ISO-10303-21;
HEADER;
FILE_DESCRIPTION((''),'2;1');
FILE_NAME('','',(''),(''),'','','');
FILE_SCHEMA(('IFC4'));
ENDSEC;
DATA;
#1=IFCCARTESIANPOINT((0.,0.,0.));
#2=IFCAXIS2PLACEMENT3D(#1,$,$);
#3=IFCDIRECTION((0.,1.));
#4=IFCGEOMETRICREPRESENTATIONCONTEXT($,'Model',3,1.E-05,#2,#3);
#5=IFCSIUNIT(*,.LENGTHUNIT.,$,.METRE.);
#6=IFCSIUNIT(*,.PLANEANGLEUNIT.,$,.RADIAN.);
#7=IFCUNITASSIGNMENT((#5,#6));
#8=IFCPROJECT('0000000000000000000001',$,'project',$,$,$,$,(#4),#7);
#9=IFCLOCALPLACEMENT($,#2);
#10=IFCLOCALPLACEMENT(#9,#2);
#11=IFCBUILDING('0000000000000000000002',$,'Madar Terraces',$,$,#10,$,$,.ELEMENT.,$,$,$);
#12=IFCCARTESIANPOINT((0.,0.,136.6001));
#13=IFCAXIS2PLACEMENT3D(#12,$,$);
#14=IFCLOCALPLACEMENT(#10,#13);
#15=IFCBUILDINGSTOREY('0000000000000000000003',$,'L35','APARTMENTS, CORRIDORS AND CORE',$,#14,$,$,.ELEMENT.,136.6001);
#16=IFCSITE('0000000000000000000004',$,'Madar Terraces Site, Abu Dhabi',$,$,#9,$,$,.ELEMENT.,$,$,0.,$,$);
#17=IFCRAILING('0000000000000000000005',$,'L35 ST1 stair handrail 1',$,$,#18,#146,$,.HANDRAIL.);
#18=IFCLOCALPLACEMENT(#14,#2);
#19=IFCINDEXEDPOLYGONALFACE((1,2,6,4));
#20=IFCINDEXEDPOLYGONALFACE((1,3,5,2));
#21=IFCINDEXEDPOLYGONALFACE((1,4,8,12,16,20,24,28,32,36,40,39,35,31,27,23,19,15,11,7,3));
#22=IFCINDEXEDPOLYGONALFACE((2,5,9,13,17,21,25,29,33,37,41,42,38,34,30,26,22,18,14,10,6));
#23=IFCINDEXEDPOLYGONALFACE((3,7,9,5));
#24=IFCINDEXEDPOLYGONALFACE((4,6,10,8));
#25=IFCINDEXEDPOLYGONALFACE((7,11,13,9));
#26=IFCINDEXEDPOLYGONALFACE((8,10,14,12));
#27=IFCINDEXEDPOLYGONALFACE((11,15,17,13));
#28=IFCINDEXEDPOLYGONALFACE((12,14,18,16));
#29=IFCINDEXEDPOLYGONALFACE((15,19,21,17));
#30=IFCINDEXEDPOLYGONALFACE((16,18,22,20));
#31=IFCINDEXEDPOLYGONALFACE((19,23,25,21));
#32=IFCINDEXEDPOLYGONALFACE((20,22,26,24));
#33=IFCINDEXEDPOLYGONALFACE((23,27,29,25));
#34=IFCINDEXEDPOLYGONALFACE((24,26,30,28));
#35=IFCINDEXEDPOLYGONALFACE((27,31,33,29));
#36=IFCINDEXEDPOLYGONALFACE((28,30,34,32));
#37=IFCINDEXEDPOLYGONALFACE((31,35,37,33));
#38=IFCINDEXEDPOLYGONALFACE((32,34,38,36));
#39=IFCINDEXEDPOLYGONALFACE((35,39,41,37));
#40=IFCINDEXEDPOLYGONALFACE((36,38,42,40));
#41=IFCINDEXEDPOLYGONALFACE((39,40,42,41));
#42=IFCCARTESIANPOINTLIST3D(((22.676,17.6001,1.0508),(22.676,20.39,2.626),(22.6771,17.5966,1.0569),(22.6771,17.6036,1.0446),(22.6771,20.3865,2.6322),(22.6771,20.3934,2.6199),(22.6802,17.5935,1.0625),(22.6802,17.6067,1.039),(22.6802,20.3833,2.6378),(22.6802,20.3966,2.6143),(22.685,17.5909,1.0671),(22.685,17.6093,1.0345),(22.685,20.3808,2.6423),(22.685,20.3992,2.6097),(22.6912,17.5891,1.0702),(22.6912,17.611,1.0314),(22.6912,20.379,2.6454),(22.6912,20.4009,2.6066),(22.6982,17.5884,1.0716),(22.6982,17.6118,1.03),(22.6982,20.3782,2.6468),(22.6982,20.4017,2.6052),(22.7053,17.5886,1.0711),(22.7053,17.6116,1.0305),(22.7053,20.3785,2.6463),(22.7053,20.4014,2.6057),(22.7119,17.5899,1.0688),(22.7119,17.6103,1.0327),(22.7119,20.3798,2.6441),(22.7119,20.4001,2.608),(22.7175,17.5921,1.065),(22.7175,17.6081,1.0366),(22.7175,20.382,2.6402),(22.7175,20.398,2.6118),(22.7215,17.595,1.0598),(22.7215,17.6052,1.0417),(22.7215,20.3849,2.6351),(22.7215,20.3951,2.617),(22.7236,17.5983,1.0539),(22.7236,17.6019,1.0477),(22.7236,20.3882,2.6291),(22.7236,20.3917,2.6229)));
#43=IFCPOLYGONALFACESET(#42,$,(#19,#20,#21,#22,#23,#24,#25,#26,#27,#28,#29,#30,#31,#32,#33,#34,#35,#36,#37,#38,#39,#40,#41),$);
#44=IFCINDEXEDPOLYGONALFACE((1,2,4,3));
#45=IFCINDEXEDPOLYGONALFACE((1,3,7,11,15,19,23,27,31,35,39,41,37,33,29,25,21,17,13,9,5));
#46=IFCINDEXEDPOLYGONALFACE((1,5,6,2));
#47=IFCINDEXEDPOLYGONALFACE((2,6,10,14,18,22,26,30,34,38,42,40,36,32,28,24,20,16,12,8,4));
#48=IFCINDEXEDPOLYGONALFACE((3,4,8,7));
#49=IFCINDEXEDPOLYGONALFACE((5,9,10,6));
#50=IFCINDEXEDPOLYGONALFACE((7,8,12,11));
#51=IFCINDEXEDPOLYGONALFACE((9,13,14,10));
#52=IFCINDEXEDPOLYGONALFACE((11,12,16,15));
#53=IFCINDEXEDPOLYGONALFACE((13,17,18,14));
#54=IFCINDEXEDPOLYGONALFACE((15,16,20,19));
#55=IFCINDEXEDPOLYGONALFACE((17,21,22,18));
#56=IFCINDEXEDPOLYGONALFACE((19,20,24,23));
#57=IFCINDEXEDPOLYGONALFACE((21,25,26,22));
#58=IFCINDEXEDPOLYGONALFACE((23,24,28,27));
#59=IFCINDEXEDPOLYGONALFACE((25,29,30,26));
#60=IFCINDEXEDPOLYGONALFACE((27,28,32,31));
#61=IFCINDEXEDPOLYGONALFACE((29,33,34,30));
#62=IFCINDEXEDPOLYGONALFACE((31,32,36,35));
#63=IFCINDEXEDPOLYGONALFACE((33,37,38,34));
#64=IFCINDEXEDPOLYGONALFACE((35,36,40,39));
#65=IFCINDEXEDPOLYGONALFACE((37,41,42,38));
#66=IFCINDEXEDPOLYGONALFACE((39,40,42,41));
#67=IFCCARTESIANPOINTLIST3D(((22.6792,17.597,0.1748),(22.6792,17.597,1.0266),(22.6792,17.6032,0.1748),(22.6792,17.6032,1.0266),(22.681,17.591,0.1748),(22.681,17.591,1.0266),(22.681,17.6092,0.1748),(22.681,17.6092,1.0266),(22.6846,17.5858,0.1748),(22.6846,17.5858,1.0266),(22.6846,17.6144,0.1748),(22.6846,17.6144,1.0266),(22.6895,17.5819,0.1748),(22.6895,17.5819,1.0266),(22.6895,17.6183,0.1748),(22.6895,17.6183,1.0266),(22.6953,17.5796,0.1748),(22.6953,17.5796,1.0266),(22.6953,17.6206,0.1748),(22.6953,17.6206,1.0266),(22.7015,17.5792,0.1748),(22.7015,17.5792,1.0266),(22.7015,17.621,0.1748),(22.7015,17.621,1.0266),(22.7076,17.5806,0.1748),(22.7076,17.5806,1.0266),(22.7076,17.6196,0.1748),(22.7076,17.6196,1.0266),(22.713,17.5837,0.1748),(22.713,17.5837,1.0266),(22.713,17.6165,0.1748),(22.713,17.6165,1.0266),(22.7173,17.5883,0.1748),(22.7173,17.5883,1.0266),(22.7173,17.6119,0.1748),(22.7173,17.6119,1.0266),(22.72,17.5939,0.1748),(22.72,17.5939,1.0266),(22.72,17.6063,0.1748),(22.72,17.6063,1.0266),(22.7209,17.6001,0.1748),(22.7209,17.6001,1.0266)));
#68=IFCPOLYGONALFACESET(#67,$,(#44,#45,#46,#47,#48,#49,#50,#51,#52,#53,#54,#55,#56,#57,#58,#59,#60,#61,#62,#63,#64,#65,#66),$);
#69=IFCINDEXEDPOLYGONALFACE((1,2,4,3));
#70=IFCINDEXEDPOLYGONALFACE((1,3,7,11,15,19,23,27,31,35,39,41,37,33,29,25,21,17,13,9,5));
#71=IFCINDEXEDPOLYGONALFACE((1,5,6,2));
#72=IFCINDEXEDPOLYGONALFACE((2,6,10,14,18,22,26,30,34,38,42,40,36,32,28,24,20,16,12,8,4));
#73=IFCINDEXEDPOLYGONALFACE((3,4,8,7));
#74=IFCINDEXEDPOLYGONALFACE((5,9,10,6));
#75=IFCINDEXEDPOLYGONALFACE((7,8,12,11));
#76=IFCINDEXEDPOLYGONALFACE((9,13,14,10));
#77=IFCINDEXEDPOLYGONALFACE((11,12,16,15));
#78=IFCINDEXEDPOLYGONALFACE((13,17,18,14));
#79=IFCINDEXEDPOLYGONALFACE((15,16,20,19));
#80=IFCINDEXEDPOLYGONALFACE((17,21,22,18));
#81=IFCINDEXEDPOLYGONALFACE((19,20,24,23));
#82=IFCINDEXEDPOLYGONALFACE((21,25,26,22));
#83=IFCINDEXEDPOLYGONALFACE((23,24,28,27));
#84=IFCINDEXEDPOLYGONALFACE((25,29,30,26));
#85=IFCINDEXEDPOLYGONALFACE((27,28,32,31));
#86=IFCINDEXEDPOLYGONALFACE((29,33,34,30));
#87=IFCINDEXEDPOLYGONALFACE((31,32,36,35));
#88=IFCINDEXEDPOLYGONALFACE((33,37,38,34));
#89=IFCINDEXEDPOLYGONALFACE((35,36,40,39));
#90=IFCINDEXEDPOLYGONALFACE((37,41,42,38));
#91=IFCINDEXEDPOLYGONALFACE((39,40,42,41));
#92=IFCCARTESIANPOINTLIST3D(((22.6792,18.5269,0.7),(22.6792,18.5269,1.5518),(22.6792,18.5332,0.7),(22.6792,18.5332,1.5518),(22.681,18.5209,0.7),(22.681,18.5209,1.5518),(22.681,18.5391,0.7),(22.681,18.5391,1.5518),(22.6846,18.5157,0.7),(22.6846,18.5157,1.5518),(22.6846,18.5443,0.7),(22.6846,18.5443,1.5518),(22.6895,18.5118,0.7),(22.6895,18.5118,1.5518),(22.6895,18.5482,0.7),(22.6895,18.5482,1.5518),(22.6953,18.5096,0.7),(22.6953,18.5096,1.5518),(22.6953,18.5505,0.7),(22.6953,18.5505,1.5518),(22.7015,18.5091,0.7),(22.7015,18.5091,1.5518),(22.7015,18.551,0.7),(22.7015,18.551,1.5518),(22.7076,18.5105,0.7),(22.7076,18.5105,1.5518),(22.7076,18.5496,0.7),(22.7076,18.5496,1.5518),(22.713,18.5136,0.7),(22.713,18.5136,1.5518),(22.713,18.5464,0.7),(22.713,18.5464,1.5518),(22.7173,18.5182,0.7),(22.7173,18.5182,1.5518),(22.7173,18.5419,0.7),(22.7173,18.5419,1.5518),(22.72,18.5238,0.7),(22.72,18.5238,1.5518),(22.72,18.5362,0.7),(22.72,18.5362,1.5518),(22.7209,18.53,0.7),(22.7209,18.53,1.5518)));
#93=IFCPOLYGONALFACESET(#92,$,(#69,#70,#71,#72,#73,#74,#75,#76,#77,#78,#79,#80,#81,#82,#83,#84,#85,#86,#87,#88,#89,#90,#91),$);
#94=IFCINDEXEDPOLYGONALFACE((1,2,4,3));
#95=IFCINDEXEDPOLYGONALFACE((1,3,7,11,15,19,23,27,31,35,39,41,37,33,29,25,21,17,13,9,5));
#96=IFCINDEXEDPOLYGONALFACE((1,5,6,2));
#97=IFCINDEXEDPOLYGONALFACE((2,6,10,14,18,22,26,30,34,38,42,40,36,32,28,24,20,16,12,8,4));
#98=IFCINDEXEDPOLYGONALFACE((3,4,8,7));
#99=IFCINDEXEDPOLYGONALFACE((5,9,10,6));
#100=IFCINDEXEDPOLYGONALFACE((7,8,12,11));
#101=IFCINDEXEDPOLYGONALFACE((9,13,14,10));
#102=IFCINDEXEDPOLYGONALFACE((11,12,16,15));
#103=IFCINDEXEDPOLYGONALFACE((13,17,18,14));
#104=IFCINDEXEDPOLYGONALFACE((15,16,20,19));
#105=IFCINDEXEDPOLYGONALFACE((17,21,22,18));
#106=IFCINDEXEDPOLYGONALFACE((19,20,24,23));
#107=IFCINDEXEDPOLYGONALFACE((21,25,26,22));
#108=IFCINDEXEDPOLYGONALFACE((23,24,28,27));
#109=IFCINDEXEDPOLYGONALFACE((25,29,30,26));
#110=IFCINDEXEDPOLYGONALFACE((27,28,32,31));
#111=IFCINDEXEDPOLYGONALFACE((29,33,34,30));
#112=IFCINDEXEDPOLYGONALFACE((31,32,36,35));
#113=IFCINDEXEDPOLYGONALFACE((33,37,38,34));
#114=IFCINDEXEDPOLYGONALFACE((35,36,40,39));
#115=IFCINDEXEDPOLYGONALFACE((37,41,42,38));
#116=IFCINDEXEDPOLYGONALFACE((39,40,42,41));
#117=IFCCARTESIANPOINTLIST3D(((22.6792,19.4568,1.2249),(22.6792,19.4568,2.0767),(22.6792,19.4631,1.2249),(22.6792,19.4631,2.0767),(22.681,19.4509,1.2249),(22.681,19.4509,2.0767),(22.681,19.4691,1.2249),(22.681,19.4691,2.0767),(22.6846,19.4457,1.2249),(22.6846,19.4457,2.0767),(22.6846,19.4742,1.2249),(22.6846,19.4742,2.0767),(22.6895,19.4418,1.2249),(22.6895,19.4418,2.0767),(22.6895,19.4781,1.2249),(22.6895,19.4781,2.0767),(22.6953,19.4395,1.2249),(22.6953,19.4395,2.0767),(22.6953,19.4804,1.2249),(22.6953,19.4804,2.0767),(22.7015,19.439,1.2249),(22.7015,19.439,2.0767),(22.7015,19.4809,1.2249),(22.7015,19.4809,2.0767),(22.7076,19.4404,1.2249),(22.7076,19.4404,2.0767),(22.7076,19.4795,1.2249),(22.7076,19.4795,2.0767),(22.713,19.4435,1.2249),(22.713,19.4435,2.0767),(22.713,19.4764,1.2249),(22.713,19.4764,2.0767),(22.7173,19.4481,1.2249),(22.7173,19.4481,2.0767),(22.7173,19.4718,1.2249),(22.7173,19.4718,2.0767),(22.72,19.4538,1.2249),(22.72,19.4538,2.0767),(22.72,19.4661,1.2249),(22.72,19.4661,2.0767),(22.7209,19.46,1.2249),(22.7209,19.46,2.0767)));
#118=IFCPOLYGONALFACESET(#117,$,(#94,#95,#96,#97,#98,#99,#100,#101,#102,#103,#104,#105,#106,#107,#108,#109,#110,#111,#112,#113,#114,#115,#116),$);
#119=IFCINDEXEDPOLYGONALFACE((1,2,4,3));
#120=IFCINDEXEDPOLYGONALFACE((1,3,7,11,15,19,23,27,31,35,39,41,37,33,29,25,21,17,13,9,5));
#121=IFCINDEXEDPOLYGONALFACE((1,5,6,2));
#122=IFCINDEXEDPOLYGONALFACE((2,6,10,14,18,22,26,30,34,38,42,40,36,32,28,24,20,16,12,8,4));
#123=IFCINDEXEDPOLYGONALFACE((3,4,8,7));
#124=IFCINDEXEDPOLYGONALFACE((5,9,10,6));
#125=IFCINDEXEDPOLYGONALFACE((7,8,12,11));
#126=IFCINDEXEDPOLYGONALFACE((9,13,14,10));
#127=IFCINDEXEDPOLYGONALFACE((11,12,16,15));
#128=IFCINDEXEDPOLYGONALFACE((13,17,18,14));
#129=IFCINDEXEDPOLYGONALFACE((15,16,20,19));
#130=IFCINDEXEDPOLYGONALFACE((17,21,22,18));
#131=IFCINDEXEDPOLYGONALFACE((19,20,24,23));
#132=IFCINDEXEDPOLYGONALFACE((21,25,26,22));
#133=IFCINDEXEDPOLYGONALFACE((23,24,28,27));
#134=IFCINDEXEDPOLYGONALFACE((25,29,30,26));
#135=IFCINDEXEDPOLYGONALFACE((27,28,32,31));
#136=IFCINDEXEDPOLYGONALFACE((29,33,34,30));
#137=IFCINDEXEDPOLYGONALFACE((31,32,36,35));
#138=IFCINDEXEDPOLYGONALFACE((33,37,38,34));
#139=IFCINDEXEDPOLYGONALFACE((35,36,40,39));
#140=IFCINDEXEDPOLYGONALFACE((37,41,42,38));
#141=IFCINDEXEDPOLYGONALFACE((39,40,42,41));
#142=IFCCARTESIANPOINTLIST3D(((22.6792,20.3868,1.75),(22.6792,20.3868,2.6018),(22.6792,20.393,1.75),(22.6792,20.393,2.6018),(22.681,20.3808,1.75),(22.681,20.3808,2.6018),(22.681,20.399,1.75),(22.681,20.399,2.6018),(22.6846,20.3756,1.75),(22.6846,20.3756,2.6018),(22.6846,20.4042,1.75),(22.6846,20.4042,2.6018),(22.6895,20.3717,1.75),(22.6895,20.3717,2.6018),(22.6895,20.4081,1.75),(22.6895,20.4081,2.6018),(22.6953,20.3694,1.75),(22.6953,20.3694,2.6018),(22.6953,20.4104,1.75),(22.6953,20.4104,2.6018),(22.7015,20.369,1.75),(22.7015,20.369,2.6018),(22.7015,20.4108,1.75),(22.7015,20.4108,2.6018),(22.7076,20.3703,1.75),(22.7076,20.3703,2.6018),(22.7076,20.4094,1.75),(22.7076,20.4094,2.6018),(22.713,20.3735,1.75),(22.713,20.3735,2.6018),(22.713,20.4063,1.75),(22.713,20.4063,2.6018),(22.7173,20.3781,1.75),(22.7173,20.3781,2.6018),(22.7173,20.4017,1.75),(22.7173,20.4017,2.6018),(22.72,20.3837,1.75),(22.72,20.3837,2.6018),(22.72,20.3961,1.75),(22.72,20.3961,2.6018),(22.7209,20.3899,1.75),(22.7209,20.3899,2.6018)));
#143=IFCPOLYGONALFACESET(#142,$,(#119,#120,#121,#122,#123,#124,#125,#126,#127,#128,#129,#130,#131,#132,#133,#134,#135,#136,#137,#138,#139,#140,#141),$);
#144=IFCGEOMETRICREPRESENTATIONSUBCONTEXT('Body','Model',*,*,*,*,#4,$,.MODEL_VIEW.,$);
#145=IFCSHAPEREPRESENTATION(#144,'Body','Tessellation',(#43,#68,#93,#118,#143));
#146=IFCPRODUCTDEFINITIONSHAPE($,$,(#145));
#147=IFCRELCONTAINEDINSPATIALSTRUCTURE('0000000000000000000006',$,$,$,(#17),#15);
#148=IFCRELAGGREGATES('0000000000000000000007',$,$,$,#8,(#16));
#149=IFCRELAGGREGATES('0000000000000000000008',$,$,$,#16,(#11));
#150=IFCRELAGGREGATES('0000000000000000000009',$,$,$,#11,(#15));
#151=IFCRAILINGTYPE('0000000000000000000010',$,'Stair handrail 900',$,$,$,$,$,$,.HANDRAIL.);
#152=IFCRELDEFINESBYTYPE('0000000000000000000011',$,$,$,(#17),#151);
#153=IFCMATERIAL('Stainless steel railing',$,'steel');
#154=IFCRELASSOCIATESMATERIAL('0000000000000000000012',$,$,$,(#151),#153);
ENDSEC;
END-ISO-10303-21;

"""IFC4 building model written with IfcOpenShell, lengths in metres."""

from ifc_helpers import new_model, si_unit, direction, frame, origin, origin_2d, place, context, subcontext, project, spatial, circle, extrude, material, type_object, element, save


model = new_model("IFC4")

# Units and contexts
model_context = context("Model", 3, precision=1e-05, world=origin(), true_north=direction((0.0, 1.0)))
body_context = subcontext(model_context, "Body", "Model", "MODEL_VIEW")
ifc_project = project(units=[si_unit("LENGTHUNIT", "METRE"), si_unit("PLANEANGLEUNIT", "RADIAN")], contexts=[model_context])

# Site, building, storey
site_placement = place(None, origin())
site = spatial("IfcSite", under=ifc_project, at=site_placement, Name="Madar Terraces Site, Abu Dhabi", CompositionType="ELEMENT", RefElevation=0.0)
building_placement = place(site_placement, origin())
building = spatial("IfcBuilding", under=site, at=building_placement, Name="Madar Terraces", CompositionType="ELEMENT")
storey_placement = place(building_placement, frame((0.0, 0.0, 136.6001)))
storey = spatial("IfcBuildingStorey", under=building, at=storey_placement, Name="L35", Description="APARTMENTS, CORRIDORS AND CORE", CompositionType="ELEMENT", Elevation=136.6001)

# Railing
ifc_material_1 = material(Name="Stainless steel railing", Category="steel")
railing_type_1 = type_object("IfcRailingType", Name="Stair handrail 900", PredefinedType="HANDRAIL", material=ifc_material_1)
railing_1_placement = place(storey_placement, frame((22.7, 17.6001, 0.1748)))
element("IfcRailing", 1, at=railing_1_placement, inside=storey, type_object=railing_type_1, Name="L35 ST1 stair handrail 1", PredefinedType="HANDRAIL", context=body_context, shape_type="SweptSolid", body=[
    extrude(circle(Radius=0.0239, at=origin_2d()), frame((0.0, 0.0, 0.876), z_axis=(0.0, 0.870783, 0.491668), x_axis=(-1.0, 0.0, 0.0)), (0.0, 0.0, 1.0), 3.2039),
    extrude(circle(Radius=0.021, at=origin_2d()), origin(), (0.0, 0.0, 1.0), 0.8518),
    extrude(circle(Radius=0.021, at=origin_2d()), frame((0.0, 0.9299, 0.5251)), (0.0, 0.0, 1.0), 0.8518),
    extrude(circle(Radius=0.021, at=origin_2d()), frame((0.0, 1.8599, 1.05)), (0.0, 0.0, 1.0), 0.8518),
    extrude(circle(Radius=0.021, at=origin_2d()), frame((0.0, 2.7898, 1.5752)), (0.0, 0.0, 1.0), 0.8518),
])

save(model, "model.ifc")
